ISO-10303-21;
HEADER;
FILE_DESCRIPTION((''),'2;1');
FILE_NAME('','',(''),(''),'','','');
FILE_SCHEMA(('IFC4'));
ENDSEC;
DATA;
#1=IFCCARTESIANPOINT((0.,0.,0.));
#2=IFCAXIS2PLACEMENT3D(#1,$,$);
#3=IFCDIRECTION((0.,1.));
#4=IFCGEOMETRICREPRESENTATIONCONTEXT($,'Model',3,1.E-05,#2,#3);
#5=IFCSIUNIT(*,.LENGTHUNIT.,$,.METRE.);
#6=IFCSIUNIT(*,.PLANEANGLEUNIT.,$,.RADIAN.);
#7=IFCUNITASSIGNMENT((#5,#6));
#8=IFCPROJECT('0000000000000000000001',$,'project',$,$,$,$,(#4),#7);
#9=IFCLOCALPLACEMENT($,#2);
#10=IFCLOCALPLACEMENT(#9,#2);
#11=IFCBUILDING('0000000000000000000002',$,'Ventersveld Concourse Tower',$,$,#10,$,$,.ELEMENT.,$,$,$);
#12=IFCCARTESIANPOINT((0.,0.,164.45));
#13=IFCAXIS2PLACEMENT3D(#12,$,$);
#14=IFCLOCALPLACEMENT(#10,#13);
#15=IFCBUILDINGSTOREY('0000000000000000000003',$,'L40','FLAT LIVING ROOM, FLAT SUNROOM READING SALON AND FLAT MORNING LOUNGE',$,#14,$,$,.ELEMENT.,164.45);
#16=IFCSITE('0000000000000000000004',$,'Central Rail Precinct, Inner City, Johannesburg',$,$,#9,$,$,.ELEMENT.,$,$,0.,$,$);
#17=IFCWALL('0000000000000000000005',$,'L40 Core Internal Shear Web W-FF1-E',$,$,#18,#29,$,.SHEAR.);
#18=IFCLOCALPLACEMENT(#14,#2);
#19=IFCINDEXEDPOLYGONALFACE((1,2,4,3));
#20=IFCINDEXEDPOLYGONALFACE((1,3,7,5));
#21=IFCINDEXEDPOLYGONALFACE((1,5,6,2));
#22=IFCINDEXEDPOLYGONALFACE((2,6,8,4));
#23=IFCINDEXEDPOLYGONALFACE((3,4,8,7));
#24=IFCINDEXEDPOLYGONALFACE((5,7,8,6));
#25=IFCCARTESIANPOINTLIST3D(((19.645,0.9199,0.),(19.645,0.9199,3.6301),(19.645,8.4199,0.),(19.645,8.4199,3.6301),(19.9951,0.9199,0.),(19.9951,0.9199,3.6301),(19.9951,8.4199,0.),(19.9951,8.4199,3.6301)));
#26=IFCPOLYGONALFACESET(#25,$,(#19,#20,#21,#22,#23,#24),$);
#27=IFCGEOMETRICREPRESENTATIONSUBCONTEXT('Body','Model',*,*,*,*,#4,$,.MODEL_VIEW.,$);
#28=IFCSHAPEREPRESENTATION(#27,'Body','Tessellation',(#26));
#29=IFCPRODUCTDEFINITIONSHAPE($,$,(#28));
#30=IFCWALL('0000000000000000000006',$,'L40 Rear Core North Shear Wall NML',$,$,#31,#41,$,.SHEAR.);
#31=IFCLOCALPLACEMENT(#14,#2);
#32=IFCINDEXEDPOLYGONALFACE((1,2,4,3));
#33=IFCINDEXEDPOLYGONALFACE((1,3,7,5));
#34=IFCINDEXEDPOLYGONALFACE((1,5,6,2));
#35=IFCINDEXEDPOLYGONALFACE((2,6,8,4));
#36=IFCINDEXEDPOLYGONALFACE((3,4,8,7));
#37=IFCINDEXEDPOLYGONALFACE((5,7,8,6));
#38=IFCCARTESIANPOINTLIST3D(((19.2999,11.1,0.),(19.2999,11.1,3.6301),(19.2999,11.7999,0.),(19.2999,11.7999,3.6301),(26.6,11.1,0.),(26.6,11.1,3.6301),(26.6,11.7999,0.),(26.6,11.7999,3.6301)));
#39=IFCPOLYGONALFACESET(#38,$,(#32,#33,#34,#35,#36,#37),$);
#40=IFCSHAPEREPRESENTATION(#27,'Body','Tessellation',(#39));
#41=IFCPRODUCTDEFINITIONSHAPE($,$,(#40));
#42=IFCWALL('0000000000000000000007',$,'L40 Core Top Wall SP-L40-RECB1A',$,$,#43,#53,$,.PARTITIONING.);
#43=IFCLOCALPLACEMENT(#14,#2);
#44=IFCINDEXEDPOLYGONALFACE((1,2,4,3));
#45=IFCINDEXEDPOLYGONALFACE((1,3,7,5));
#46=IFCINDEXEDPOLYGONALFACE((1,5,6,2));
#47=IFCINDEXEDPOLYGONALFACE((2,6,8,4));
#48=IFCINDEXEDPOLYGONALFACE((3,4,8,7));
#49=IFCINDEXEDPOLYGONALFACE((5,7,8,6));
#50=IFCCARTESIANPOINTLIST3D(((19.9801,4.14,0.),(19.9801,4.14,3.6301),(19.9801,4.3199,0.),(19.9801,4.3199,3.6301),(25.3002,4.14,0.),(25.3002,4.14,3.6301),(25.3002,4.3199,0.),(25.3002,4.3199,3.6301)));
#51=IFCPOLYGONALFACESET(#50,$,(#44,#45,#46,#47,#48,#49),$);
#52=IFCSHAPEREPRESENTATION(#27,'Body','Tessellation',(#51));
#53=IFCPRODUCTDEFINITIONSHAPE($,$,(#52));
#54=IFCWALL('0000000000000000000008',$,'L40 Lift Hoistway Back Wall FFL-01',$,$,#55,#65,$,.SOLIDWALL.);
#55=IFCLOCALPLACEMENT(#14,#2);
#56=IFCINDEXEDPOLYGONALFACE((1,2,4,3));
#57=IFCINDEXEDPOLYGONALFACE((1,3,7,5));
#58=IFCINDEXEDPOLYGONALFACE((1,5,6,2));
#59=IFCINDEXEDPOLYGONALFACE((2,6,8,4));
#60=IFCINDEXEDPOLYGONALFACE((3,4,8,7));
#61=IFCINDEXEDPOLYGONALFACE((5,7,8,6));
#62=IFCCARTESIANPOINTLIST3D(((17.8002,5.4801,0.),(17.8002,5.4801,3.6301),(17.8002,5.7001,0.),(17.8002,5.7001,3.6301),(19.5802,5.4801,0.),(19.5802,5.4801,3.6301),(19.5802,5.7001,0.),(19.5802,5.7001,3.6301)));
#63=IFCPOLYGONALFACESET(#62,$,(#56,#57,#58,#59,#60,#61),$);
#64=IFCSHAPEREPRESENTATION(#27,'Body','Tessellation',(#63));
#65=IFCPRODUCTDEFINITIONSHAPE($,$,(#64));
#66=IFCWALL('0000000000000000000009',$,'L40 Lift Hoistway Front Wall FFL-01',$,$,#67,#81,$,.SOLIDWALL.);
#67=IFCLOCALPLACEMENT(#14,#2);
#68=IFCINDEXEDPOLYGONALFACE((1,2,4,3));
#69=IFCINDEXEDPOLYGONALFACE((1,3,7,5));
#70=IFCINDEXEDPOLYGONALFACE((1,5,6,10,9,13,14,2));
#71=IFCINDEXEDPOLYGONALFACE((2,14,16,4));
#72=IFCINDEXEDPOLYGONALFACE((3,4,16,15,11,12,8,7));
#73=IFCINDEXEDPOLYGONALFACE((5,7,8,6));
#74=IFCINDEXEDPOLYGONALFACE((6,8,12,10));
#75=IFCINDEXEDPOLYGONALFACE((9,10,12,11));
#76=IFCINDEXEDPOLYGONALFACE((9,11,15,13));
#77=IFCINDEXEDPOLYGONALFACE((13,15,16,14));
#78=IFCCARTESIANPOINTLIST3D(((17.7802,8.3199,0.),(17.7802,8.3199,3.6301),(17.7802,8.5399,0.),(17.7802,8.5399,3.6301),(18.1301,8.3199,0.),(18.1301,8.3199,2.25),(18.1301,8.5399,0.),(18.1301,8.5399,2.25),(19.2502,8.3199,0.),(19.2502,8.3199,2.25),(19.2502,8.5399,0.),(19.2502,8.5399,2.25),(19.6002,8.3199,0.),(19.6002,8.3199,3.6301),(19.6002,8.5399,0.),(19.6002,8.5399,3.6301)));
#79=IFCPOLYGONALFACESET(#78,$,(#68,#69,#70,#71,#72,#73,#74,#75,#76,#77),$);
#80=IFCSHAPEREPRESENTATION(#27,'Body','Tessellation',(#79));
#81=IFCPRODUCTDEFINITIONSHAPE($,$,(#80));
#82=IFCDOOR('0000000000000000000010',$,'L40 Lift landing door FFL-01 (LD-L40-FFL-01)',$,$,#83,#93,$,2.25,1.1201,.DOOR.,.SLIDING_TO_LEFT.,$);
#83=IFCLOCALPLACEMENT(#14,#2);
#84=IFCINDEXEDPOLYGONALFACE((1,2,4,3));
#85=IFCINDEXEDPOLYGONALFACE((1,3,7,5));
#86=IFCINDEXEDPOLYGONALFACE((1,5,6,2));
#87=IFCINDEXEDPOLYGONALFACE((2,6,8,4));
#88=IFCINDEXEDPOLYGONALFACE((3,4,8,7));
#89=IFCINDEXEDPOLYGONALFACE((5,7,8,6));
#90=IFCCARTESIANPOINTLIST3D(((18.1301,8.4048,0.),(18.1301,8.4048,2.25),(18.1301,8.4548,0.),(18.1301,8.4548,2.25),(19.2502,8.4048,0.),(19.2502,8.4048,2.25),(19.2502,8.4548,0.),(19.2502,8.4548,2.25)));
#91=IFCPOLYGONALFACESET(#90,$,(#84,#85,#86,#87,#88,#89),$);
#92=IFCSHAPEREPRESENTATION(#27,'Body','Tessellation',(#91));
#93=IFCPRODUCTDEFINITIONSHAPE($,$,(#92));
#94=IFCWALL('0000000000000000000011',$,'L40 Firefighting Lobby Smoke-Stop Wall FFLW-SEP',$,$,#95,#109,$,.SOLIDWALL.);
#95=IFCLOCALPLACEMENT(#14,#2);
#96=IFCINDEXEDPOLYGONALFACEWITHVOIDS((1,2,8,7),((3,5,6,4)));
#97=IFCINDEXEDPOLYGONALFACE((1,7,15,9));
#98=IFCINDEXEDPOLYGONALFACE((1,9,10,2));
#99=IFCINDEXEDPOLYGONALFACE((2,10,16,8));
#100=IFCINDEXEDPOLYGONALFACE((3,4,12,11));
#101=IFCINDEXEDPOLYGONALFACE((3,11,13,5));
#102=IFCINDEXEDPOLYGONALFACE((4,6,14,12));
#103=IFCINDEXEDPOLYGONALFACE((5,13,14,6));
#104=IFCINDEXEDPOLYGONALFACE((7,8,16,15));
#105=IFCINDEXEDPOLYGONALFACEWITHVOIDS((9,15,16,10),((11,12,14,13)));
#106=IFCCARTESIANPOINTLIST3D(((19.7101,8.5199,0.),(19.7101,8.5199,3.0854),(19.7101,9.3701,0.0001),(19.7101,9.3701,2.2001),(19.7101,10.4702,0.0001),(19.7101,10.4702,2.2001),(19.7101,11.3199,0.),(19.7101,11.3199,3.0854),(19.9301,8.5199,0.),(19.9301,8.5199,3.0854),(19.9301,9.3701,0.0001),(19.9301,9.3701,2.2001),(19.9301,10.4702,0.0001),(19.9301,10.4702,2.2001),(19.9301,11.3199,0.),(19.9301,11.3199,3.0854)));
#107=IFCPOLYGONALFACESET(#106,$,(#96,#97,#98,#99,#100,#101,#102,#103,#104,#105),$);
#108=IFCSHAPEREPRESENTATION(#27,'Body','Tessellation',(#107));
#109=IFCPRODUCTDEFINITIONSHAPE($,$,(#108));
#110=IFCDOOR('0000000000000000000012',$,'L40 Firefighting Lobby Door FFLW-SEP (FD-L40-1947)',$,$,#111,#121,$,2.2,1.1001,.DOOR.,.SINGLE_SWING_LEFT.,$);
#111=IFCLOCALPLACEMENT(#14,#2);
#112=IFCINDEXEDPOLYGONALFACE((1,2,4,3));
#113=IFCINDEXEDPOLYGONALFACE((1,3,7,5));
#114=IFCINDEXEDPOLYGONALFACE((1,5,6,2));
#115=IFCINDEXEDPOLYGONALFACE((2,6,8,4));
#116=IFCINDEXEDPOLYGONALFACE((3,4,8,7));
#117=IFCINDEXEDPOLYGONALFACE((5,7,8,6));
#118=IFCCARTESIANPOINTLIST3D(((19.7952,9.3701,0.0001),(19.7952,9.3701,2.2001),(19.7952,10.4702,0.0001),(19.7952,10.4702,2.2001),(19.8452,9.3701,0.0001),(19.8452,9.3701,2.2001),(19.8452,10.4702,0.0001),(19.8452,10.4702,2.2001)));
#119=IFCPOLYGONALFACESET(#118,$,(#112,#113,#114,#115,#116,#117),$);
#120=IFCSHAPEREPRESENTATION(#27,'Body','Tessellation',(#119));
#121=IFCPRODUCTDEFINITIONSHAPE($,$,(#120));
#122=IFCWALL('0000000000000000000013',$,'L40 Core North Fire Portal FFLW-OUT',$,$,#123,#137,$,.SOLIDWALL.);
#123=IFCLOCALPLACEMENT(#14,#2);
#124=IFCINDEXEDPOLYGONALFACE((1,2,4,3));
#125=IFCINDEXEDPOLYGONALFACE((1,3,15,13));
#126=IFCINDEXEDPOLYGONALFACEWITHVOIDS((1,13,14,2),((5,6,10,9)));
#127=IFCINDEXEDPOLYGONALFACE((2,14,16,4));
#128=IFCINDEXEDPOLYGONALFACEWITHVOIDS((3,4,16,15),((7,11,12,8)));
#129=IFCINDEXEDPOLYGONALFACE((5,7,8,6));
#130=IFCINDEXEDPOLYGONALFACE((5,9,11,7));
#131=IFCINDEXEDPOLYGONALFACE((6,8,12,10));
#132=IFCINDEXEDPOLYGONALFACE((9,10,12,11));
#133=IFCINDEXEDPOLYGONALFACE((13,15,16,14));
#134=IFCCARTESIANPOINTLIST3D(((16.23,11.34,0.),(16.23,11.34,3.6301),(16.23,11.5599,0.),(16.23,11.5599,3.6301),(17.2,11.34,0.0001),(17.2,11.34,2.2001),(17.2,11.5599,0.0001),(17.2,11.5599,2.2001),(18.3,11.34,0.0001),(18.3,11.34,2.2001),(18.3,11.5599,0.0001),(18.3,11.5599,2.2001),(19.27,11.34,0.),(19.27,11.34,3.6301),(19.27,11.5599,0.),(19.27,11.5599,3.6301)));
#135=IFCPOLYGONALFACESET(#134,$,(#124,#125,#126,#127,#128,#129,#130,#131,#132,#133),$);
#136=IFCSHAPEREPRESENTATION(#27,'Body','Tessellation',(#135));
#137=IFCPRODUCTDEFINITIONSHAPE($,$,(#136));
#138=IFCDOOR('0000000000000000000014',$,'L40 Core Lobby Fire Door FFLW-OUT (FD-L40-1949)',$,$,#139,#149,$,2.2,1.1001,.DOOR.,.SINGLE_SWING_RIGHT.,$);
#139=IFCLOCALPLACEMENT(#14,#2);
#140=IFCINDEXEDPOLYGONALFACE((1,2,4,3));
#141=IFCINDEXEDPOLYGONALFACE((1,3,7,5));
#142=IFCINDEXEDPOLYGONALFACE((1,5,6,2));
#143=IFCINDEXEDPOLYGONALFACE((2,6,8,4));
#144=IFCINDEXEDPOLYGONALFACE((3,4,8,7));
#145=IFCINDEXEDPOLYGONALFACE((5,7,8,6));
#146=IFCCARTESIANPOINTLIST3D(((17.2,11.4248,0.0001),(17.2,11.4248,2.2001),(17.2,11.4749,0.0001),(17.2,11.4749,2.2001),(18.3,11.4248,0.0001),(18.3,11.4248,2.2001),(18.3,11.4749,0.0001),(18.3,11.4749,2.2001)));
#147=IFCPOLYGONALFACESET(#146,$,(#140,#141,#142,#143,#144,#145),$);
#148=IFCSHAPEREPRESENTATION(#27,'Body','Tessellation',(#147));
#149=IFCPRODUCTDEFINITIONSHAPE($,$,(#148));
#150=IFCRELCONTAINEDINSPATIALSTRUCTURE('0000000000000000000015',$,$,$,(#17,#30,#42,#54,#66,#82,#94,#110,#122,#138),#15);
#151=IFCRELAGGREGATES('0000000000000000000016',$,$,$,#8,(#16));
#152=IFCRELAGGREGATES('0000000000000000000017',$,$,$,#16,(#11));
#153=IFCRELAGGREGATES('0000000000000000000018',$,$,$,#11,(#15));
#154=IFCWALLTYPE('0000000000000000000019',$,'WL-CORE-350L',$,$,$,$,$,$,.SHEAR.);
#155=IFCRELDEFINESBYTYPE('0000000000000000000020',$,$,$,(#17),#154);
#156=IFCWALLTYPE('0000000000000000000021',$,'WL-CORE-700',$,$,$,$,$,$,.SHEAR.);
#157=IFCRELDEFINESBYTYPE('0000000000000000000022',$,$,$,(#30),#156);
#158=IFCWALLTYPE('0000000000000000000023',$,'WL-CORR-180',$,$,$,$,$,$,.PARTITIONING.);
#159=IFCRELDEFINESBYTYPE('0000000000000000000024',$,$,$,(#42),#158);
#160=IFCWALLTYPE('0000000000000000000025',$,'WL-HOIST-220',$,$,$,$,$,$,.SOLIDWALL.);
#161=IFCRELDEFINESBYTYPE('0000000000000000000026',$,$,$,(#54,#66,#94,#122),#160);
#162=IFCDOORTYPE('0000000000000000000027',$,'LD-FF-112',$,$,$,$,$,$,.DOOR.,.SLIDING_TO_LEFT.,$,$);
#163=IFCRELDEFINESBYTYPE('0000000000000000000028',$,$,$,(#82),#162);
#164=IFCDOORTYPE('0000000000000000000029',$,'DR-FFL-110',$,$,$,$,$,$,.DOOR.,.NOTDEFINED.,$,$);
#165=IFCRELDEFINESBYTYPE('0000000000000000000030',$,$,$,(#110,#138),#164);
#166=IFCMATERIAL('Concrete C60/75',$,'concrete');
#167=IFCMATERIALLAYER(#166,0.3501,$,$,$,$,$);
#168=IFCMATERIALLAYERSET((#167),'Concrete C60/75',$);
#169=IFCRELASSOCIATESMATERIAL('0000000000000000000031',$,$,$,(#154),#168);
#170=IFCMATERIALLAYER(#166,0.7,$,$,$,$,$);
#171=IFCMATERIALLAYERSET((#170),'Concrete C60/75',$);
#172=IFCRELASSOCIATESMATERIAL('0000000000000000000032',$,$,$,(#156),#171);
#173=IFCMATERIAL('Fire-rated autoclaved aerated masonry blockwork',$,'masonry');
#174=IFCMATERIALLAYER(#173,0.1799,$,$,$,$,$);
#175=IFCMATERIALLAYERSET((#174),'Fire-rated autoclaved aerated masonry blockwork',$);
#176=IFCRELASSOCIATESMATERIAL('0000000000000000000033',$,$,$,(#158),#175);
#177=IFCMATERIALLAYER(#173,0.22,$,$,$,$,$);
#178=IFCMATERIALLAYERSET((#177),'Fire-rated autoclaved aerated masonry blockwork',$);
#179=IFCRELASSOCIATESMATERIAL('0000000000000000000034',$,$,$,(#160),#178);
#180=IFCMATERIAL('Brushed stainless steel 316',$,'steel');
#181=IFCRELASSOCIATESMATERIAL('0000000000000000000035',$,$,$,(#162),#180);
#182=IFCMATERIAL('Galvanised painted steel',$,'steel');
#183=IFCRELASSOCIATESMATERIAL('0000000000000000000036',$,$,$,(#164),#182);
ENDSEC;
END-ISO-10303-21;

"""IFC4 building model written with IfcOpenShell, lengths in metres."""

from ifc_helpers import new_model, si_unit, direction, frame, frame_2d, origin, place, context, subcontext, project, spatial, rectangle, extrude, material, layer, layer_set, type_object, element, fill, save


model = new_model("IFC4")

# Units and contexts
model_context = context("Model", 3, precision=1e-05, world=origin(), true_north=direction((0.0, 1.0)))
body_context = subcontext(model_context, "Body", "Model", "MODEL_VIEW")
ifc_project = project(units=[si_unit("LENGTHUNIT", "METRE"), si_unit("PLANEANGLEUNIT", "RADIAN")], contexts=[model_context])

# Site, building, storey
site_placement = place(None, origin())
site = spatial("IfcSite", under=ifc_project, at=site_placement, Name="Central Rail Precinct, Inner City, Johannesburg", CompositionType="ELEMENT", RefElevation=0.0)
building_placement = place(site_placement, origin())
building = spatial("IfcBuilding", under=site, at=building_placement, Name="Ventersveld Concourse Tower", CompositionType="ELEMENT")
storey_placement = place(building_placement, frame((0.0, 0.0, 164.45)))
storey = spatial("IfcBuildingStorey", under=building, at=storey_placement, Name="L40", Description="FLAT LIVING ROOM, FLAT SUNROOM READING SALON AND FLAT MORNING LOUNGE", CompositionType="ELEMENT", Elevation=164.45)

# Shared definitions
ifc_material_1 = material(Name="Concrete C60/75", Category="concrete")

# Walls
ifc_layer_1 = layer(ifc_material_1, 0.3501)
ifc_layer_set_1 = layer_set([ifc_layer_1], Name="Concrete C60/75")
wall_type_1 = type_object("IfcWallType", Name="WL-CORE-350L", PredefinedType="SHEAR", material=ifc_layer_set_1)
for number, where, z_axis, x_axis, name in (
    (1, (19.8201, 0.9199, 0.0), (0.0, 0.0, 1.0), (0.0, 1.0, 0.0), "L40 Core Internal Shear Web W-FF1-E"),
):
    element("IfcWall", number, at=place(storey_placement, frame(where, z_axis=z_axis, x_axis=x_axis)), inside=storey, type_object=wall_type_1, Name=name, PredefinedType="SHEAR", context=body_context, shape_type="SweptSolid", body=[
        extrude(rectangle(XDim=7.5, YDim=0.3501, at=frame_2d((3.75, 0.0))), origin(), (0.0, 0.0, 1.0), 3.6301),
    ])
ifc_layer_2 = layer(ifc_material_1, 0.7)
ifc_layer_set_2 = layer_set([ifc_layer_2], Name="Concrete C60/75")
wall_type_2 = type_object("IfcWallType", Name="WL-CORE-700", PredefinedType="SHEAR", material=ifc_layer_set_2)
wall_1_placement = place(storey_placement, frame((19.3, 11.45, 0.0), z_axis=(0.0, 0.0, 1.0), x_axis=(1.0, 0.0, 0.0)))
element("IfcWall", 2, at=wall_1_placement, inside=storey, type_object=wall_type_2, Name="L40 Rear Core North Shear Wall NML", PredefinedType="SHEAR", context=body_context, shape_type="SweptSolid", body=[
    extrude(rectangle(XDim=7.3, YDim=0.7, at=frame_2d((3.6499, 0.0))), origin(), (0.0, 0.0, 1.0), 3.6301),
])
ifc_material_2 = material(Name="Fire-rated autoclaved aerated masonry blockwork", Category="masonry")
ifc_layer_3 = layer(ifc_material_2, 0.1799)
ifc_layer_set_3 = layer_set([ifc_layer_3], Name="Fire-rated autoclaved aerated masonry blockwork")
wall_type_3 = type_object("IfcWallType", Name="WL-CORR-180", PredefinedType="PARTITIONING", material=ifc_layer_set_3)
wall_2_placement = place(storey_placement, frame((19.98, 4.23, 0.0), z_axis=(0.0, 0.0, 1.0), x_axis=(1.0, 0.0, 0.0)))
element("IfcWall", 3, at=wall_2_placement, inside=storey, type_object=wall_type_3, Name="L40 Core Top Wall SP-L40-RECB1A", PredefinedType="PARTITIONING", context=body_context, shape_type="SweptSolid", body=[
    extrude(rectangle(XDim=5.3201, YDim=0.1799, at=frame_2d((2.6602, 0.0))), origin(), (0.0, 0.0, 1.0), 3.6301),
])
ifc_layer_4 = layer(ifc_material_2, 0.22)
ifc_layer_set_4 = layer_set([ifc_layer_4], Name="Fire-rated autoclaved aerated masonry blockwork")
wall_type_4 = type_object("IfcWallType", Name="WL-HOIST-220", PredefinedType="SOLIDWALL", material=ifc_layer_set_4)
wall_3_placement = place(storey_placement, frame((17.8, 5.5901, 0.0), z_axis=(0.0, 0.0, 1.0), x_axis=(1.0, 0.0, 0.0)))
element("IfcWall", 4, at=wall_3_placement, inside=storey, type_object=wall_type_4, Name="L40 Lift Hoistway Back Wall FFL-01", PredefinedType="SOLIDWALL", context=body_context, shape_type="SweptSolid", body=[
    extrude(rectangle(XDim=1.78, YDim=0.22, at=frame_2d((0.8901, 0.0))), origin(), (0.0, 0.0, 1.0), 3.6301),
])

# Walls, openings, doors
wall_4_placement = place(storey_placement, frame((17.78, 8.4299, 0.0), z_axis=(0.0, 0.0, 1.0), x_axis=(1.0, 0.0, 0.0)))
wall_4 = element("IfcWall", 5, at=wall_4_placement, inside=storey, type_object=wall_type_4, Name="L40 Lift Hoistway Front Wall FFL-01", PredefinedType="SOLIDWALL", context=body_context, shape_type="SweptSolid", body=[
    extrude(rectangle(XDim=1.8201, YDim=0.22, at=frame_2d((0.9102, 0.0))), origin(), (0.0, 0.0, 1.0), 3.6301),
])
opening_1_placement = place(wall_4_placement, frame((0.3501, 0.0, 0.0)))
opening_1 = element("IfcOpeningElement", 6, at=opening_1_placement, cuts=wall_4, PredefinedType="OPENING", context=body_context, shape_type="SweptSolid", body=[
    extrude(rectangle(XDim=1.1201, YDim=2.25, at=frame_2d((0.5601, 1.125))), frame((0.0, 0.1201, 0.0), z_axis=(0.0, -1.0, 0.0), x_axis=(1.0, 0.0, 0.0)), (0.0, 0.0, 1.0), 0.24),
])
ifc_material_3 = material(Name="Brushed stainless steel 316", Category="steel")
door_type_1 = type_object("IfcDoorType", Name="LD-FF-112", OperationType="SLIDING_TO_LEFT", PredefinedType="DOOR", material=ifc_material_3)
door_1_placement = place(opening_1_placement, origin())
door_1 = element("IfcDoor", 7, at=door_1_placement, inside=storey, type_object=door_type_1, Name="L40 Lift landing door FFL-01 (LD-L40-FFL-01)", OperationType="SLIDING_TO_LEFT", OverallHeight=2.25, OverallWidth=1.1201, PredefinedType="DOOR", context=body_context, shape_type="SweptSolid", body=[
    extrude(rectangle(XDim=1.1201, YDim=2.25, at=frame_2d((0.5601, 1.125))), frame((0.0, 0.0249, 0.0), z_axis=(0.0, -1.0, 0.0), x_axis=(1.0, 0.0, 0.0)), (0.0, 0.0, 1.0), 0.05),
])
fill(opening_1, door_1)
wall_5_placement = place(storey_placement, frame((19.8201, 8.52, 0.0), z_axis=(0.0, 0.0, 1.0), x_axis=(0.0, 1.0, 0.0)))
wall_5 = element("IfcWall", 8, at=wall_5_placement, inside=storey, type_object=wall_type_4, Name="L40 Firefighting Lobby Smoke-Stop Wall FFLW-SEP", PredefinedType="SOLIDWALL", context=body_context, shape_type="SweptSolid", body=[
    extrude(rectangle(XDim=2.8, YDim=0.22, at=frame_2d((1.3999, 0.0))), origin(), (0.0, 0.0, 1.0), 3.0854),
])
opening_2_placement = place(wall_5_placement, frame((0.8501, 0.0, 0.0)))
opening_2 = element("IfcOpeningElement", 9, at=opening_2_placement, cuts=wall_5, PredefinedType="OPENING", context=body_context, shape_type="SweptSolid", body=[
    extrude(rectangle(XDim=1.1001, YDim=2.2, at=frame_2d((0.55, 1.1001))), frame((0.0, 0.1201, 0.0), z_axis=(0.0, -1.0, 0.0), x_axis=(1.0, 0.0, 0.0)), (0.0, 0.0, 1.0), 0.24),
])
ifc_material_4 = material(Name="Galvanised painted steel", Category="steel")
door_type_2 = type_object("IfcDoorType", Name="DR-FFL-110", OperationType="NOTDEFINED", PredefinedType="DOOR", material=ifc_material_4)
door_2_placement = place(opening_2_placement, origin())
door_2 = element("IfcDoor", 10, at=door_2_placement, inside=storey, type_object=door_type_2, Name="L40 Firefighting Lobby Door FFLW-SEP (FD-L40-1947)", OperationType="SINGLE_SWING_LEFT", OverallHeight=2.2, OverallWidth=1.1001, PredefinedType="DOOR", context=body_context, shape_type="SweptSolid", body=[
    extrude(rectangle(XDim=1.1001, YDim=2.2, at=frame_2d((0.55, 1.1001))), frame((0.0, 0.0249, 0.0), z_axis=(0.0, -1.0, 0.0), x_axis=(1.0, 0.0, 0.0)), (0.0, 0.0, 1.0), 0.05),
])
fill(opening_2, door_2)
wall_6_placement = place(storey_placement, frame((16.23, 11.45, 0.0), z_axis=(0.0, 0.0, 1.0), x_axis=(1.0, 0.0, 0.0)))
wall_6 = element("IfcWall", 11, at=wall_6_placement, inside=storey, type_object=wall_type_4, Name="L40 Core North Fire Portal FFLW-OUT", PredefinedType="SOLIDWALL", context=body_context, shape_type="SweptSolid", body=[
    extrude(rectangle(XDim=3.04, YDim=0.22, at=frame_2d((1.52, 0.0))), origin(), (0.0, 0.0, 1.0), 3.6301),
])
opening_3_placement = place(wall_6_placement, frame((0.97, 0.0, 0.0)))
opening_3 = element("IfcOpeningElement", 12, at=opening_3_placement, cuts=wall_6, PredefinedType="OPENING", context=body_context, shape_type="SweptSolid", body=[
    extrude(rectangle(XDim=1.1001, YDim=2.2, at=frame_2d((0.55, 1.1001))), frame((0.0, 0.1201, 0.0), z_axis=(0.0, -1.0, 0.0), x_axis=(1.0, 0.0, 0.0)), (0.0, 0.0, 1.0), 0.24),
])
door_3_placement = place(opening_3_placement, origin())
door_3 = element("IfcDoor", 13, at=door_3_placement, inside=storey, type_object=door_type_2, Name="L40 Core Lobby Fire Door FFLW-OUT (FD-L40-1949)", OperationType="SINGLE_SWING_RIGHT", OverallHeight=2.2, OverallWidth=1.1001, PredefinedType="DOOR", context=body_context, shape_type="SweptSolid", body=[
    extrude(rectangle(XDim=1.1001, YDim=2.2, at=frame_2d((0.55, 1.1001))), frame((0.0, 0.0249, 0.0), z_axis=(0.0, -1.0, 0.0), x_axis=(1.0, 0.0, 0.0)), (0.0, 0.0, 1.0), 0.05),
])
fill(opening_3, door_3)

save(model, "model.ifc")
